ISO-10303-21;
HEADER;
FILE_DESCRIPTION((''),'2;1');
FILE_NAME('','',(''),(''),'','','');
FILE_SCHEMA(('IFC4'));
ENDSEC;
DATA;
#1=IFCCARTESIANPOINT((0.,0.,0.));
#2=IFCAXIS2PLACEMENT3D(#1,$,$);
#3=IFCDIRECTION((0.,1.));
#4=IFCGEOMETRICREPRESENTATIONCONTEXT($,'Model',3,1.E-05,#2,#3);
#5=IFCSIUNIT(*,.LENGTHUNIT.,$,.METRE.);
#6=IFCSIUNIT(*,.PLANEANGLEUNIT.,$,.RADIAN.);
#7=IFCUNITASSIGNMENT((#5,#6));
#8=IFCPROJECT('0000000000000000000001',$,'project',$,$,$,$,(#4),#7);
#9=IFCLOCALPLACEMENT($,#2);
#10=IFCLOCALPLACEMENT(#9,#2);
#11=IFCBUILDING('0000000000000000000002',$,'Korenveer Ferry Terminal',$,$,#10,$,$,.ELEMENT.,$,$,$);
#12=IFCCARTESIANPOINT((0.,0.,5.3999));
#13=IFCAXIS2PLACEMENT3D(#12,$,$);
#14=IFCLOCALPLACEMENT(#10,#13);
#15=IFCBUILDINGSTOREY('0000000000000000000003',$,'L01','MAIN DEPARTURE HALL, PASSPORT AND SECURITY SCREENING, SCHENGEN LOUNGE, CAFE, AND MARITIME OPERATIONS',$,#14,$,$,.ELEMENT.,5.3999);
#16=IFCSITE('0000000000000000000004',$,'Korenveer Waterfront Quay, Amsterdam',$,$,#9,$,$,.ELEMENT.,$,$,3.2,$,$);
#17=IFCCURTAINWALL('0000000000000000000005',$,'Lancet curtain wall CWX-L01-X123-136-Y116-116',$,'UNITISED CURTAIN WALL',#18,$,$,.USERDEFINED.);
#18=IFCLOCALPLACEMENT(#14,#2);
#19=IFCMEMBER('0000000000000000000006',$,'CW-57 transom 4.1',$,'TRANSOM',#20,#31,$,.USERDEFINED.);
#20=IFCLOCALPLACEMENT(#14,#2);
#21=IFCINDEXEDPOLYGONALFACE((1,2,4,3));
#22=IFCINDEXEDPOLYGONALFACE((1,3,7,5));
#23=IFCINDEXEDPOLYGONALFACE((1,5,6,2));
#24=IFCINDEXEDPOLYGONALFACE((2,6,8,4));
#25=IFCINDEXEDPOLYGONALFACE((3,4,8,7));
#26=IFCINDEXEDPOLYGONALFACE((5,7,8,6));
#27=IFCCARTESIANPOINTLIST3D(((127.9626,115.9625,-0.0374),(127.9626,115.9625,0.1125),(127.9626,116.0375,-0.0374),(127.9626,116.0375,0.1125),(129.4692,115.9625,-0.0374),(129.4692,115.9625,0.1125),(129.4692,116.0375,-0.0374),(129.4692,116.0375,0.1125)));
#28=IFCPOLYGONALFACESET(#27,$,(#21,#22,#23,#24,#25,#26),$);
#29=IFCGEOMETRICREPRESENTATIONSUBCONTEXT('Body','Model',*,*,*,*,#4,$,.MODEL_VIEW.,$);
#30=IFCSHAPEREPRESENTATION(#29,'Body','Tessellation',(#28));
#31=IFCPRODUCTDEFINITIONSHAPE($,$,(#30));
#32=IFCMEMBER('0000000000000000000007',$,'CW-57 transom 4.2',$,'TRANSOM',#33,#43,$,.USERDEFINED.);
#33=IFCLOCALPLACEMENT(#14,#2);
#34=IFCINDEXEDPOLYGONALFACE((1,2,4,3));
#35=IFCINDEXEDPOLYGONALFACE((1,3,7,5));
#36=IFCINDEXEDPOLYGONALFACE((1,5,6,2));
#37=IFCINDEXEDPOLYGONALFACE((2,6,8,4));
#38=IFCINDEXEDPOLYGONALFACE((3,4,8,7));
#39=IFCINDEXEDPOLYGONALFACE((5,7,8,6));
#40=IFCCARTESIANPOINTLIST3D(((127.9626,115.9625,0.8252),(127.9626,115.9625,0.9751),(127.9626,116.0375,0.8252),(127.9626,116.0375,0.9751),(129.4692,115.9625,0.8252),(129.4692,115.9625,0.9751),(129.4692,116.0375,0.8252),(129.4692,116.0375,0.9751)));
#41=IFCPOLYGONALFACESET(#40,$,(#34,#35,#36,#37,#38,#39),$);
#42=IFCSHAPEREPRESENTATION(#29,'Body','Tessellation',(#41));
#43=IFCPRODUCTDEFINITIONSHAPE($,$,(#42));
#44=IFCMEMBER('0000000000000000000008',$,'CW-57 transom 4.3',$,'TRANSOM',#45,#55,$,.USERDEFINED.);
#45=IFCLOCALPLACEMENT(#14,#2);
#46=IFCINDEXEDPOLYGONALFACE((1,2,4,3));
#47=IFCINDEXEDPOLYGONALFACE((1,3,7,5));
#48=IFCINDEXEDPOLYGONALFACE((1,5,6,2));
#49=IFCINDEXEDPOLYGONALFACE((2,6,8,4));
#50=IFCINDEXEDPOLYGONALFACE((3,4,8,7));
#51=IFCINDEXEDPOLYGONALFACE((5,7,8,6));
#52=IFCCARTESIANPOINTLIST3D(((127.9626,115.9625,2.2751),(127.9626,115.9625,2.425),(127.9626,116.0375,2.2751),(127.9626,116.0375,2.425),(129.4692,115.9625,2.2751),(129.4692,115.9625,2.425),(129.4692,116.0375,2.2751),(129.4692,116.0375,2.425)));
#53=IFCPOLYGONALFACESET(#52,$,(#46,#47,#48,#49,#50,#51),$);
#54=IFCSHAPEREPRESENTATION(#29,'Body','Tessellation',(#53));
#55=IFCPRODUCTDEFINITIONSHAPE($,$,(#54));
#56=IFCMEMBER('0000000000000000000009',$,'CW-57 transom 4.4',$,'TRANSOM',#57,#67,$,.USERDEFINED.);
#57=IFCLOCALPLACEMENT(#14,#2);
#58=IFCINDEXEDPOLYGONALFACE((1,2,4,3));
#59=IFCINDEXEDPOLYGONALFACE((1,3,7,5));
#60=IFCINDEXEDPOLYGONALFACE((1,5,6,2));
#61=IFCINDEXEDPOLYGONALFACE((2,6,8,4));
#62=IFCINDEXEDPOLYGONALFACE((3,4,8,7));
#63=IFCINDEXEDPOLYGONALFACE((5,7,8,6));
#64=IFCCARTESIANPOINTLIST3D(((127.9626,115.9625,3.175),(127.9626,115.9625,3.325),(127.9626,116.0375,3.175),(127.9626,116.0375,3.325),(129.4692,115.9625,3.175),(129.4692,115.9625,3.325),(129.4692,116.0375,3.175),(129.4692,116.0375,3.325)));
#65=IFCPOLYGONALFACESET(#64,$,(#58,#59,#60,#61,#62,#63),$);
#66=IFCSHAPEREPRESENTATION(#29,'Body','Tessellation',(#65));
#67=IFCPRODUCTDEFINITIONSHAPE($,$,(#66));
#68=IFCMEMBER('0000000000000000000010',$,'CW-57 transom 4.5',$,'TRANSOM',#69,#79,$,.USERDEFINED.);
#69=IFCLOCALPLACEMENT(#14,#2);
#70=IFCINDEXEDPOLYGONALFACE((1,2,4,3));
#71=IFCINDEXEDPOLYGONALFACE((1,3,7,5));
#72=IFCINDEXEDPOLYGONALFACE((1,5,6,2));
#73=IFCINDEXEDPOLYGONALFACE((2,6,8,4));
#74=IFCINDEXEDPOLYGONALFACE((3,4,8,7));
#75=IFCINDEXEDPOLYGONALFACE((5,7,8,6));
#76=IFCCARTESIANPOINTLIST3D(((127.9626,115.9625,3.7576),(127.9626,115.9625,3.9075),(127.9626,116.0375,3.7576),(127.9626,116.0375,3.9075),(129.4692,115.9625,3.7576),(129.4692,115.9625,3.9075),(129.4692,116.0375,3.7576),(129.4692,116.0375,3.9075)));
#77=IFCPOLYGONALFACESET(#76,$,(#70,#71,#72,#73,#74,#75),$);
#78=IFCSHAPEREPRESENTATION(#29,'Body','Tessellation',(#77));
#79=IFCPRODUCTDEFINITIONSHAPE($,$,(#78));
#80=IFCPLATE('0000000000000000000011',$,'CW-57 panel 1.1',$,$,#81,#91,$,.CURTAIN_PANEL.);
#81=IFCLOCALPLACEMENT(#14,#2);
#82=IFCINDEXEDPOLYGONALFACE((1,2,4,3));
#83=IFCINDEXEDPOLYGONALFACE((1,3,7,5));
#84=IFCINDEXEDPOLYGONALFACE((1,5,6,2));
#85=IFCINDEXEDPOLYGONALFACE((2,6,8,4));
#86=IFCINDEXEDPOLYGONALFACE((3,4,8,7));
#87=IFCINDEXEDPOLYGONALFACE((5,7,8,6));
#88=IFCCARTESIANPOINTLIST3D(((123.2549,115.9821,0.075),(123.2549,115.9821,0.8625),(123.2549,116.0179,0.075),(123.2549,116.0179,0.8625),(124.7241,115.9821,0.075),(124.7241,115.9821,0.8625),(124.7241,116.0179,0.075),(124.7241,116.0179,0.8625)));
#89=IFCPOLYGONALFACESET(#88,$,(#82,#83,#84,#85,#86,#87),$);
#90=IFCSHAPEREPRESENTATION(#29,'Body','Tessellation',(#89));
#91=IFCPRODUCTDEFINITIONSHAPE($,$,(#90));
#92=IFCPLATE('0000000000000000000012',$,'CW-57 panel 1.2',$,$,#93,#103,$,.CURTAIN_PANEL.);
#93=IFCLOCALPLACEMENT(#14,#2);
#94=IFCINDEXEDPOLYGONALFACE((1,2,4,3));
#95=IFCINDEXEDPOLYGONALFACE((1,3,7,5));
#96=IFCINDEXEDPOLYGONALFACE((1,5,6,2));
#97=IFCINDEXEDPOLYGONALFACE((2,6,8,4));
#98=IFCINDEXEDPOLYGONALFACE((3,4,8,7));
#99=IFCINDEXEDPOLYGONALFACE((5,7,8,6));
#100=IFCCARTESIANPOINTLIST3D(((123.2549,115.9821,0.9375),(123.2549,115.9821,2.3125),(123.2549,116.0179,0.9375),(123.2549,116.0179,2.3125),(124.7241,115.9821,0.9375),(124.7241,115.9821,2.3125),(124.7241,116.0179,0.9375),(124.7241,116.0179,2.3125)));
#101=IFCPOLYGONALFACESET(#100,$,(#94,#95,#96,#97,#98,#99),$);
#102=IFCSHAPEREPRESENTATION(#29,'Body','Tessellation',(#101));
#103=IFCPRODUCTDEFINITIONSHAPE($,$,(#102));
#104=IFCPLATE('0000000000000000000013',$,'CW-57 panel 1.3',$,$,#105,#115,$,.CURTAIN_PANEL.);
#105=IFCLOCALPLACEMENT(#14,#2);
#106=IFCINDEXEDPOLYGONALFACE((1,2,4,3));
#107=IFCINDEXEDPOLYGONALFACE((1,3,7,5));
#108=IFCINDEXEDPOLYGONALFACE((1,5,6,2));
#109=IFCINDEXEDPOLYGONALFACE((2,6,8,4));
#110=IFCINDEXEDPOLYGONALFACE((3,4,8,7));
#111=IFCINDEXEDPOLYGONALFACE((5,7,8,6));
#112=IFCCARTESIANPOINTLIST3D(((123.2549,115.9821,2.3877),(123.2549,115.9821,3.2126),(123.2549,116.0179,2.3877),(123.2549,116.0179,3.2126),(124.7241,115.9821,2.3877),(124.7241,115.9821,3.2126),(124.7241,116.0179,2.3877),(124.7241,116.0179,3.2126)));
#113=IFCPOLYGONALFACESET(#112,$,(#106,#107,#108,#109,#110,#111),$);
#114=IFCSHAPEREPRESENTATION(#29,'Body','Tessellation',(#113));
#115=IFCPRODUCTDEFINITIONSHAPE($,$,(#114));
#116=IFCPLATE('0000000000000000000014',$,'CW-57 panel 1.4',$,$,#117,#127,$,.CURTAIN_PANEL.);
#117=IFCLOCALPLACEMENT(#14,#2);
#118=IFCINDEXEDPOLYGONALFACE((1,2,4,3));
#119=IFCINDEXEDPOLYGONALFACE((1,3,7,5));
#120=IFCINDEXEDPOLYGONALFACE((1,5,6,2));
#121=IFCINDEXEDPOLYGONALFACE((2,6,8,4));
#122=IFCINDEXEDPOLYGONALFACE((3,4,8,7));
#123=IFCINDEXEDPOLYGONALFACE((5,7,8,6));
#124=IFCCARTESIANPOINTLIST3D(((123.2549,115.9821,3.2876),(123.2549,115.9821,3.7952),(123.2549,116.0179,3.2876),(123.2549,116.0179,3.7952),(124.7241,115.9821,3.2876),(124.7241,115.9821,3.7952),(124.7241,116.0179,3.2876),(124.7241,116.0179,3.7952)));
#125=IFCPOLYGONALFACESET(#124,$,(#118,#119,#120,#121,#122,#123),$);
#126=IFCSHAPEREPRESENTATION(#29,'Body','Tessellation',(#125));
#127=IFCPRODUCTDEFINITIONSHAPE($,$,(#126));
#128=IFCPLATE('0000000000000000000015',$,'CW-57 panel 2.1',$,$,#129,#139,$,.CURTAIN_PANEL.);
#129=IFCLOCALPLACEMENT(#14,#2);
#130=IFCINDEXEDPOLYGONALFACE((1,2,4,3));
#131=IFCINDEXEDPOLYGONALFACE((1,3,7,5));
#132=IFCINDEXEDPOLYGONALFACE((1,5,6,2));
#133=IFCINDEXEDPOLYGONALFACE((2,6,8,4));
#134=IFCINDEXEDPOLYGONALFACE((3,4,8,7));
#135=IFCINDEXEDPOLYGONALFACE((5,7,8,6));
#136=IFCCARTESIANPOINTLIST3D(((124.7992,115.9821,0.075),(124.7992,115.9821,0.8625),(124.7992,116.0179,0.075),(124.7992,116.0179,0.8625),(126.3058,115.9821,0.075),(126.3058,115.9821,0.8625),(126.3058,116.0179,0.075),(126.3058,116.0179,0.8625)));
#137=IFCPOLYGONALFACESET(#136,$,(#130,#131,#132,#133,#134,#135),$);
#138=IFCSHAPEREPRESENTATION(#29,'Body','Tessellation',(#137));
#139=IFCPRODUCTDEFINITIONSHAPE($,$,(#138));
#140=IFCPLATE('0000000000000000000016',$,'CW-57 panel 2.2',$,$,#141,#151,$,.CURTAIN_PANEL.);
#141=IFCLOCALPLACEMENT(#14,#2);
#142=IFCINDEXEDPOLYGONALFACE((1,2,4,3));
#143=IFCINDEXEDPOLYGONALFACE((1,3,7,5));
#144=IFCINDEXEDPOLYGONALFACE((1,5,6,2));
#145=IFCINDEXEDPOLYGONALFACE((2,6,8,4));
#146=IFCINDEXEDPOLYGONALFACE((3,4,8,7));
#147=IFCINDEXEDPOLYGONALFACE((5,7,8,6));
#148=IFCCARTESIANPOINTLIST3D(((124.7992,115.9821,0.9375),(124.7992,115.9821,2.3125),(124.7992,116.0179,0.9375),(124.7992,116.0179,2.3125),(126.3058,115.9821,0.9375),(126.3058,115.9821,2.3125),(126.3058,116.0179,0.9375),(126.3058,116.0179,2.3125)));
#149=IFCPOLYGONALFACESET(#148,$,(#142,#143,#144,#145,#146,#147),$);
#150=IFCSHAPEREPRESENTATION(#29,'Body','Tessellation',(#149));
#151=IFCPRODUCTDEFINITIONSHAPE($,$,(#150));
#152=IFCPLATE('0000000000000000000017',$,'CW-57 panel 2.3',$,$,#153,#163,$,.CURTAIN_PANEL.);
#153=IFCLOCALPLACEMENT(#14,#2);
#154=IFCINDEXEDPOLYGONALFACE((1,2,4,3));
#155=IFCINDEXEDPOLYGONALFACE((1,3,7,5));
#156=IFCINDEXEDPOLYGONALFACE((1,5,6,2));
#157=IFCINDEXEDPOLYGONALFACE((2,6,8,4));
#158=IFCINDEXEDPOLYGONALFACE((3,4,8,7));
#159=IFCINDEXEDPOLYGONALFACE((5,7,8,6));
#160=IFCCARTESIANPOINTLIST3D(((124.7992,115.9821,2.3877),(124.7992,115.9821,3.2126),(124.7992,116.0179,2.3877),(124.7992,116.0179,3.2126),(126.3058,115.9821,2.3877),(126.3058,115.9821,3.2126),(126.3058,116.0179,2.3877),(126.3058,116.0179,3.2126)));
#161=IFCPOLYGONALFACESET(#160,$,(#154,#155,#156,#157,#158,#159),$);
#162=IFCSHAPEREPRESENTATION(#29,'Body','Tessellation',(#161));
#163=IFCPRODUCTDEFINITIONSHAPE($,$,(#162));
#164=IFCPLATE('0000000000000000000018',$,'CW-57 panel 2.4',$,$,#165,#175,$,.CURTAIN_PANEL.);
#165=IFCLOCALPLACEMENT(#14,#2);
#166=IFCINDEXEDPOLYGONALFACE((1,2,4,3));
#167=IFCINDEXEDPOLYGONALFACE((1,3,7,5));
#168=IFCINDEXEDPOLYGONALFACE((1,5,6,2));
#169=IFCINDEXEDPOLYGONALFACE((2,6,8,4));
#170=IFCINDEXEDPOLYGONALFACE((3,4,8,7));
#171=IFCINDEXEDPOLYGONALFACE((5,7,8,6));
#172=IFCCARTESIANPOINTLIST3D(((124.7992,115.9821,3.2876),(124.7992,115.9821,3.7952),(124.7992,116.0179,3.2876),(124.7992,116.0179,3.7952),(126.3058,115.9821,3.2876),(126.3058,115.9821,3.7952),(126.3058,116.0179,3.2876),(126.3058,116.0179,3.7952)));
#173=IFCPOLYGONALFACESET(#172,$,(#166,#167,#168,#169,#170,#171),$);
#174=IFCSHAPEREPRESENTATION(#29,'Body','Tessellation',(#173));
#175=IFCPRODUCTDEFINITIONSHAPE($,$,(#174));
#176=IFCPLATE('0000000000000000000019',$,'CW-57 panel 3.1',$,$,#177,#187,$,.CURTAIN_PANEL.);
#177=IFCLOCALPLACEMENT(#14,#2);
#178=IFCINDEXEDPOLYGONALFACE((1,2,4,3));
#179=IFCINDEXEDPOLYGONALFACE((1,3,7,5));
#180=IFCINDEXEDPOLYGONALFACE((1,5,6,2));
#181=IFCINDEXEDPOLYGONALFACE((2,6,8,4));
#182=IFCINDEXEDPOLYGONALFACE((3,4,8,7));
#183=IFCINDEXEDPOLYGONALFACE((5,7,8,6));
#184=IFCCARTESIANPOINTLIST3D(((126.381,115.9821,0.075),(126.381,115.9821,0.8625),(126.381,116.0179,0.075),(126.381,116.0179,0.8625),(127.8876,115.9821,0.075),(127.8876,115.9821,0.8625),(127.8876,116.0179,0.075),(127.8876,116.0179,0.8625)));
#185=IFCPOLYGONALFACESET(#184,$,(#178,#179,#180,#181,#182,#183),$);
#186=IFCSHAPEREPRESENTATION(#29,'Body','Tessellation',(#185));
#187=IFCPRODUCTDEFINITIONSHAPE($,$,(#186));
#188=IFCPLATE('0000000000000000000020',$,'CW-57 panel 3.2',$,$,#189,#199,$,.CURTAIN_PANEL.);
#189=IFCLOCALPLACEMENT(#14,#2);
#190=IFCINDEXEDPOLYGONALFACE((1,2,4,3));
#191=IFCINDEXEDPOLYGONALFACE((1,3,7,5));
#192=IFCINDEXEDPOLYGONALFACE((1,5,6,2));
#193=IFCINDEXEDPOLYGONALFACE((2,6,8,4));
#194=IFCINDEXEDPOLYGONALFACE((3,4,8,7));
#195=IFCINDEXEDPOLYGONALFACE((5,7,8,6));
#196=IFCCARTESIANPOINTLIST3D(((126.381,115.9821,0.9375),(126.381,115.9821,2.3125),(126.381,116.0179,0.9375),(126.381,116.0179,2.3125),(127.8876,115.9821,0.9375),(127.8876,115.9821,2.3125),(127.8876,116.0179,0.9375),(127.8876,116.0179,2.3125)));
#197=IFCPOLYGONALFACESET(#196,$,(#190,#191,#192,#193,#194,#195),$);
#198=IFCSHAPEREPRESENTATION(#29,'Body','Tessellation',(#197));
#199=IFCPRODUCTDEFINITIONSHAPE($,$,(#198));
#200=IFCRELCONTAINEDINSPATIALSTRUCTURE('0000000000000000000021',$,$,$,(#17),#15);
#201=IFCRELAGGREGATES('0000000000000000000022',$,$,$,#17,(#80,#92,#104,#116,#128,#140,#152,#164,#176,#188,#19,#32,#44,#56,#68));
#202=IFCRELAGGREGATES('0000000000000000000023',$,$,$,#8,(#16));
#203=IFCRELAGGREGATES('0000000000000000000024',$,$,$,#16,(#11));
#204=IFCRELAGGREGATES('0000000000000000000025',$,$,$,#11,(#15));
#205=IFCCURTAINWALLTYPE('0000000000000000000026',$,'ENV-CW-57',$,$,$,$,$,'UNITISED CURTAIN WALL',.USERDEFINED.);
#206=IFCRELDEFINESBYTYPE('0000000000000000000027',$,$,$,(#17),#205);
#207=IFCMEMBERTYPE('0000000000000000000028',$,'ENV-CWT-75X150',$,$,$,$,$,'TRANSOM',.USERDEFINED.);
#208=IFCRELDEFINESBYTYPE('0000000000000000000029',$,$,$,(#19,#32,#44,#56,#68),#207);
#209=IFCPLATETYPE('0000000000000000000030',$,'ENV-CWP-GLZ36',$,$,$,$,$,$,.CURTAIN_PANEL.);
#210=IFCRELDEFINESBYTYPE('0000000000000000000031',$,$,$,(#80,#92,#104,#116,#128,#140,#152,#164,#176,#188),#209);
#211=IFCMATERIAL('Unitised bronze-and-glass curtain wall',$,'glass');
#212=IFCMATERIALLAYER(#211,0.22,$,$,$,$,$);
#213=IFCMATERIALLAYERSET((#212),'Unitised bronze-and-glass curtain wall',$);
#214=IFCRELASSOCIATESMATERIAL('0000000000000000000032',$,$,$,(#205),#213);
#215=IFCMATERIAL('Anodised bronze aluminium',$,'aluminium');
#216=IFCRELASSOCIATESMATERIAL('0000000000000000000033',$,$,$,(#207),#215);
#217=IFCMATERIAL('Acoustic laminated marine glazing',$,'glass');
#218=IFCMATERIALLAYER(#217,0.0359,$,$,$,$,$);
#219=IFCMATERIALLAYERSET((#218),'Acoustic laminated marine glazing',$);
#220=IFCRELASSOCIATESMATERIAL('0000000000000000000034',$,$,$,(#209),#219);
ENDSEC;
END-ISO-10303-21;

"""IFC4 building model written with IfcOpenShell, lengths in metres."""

from ifc_helpers import new_model, si_unit, direction, frame, origin, origin_2d, place, context, subcontext, project, spatial, rectangle, extrude, material, layer, layer_set, material_profile, profile_set, type_object, element, aggregate, save


model = new_model("IFC4")

# Units and contexts
model_context = context("Model", 3, precision=1e-05, world=origin(), true_north=direction((0.0, 1.0)))
body_context = subcontext(model_context, "Body", "Model", "MODEL_VIEW")
ifc_project = project(units=[si_unit("LENGTHUNIT", "METRE"), si_unit("PLANEANGLEUNIT", "RADIAN")], contexts=[model_context])

# Site, building, storey
site_placement = place(None, origin())
site = spatial("IfcSite", under=ifc_project, at=site_placement, Name="Korenveer Waterfront Quay, Amsterdam", CompositionType="ELEMENT", RefElevation=3.2)
building_placement = place(site_placement, origin())
building = spatial("IfcBuilding", under=site, at=building_placement, Name="Korenveer Ferry Terminal", CompositionType="ELEMENT")
storey_placement = place(building_placement, frame((0.0, 0.0, 5.3999)))
storey = spatial("IfcBuildingStorey", under=building, at=storey_placement, Name="L01", Description="MAIN DEPARTURE HALL, PASSPORT AND SECURITY SCREENING, SCHENGEN LOUNGE, CAFE, AND MARITIME OPERATIONS", CompositionType="ELEMENT", Elevation=5.3999)

# Curtain wall, members, plates
ifc_material_1 = material(Name="Unitised bronze-and-glass curtain wall", Category="glass")
ifc_layer_1 = layer(ifc_material_1, 0.22)
ifc_layer_set_1 = layer_set([ifc_layer_1], Name="Unitised bronze-and-glass curtain wall")
curtain_wall_type = type_object("IfcCurtainWallType", Name="ENV-CW-57", ElementType="UNITISED CURTAIN WALL", PredefinedType="USERDEFINED", material=ifc_layer_set_1)
curtain_wall_placement = place(storey_placement, frame((123.1799, 116.0, 0.0)))
curtain_wall = element("IfcCurtainWall", 1, at=curtain_wall_placement, inside=storey, type_object=curtain_wall_type, Name="Lancet curtain wall CWX-L01-X123-136-Y116-116", ObjectType="UNITISED CURTAIN WALL", PredefinedType="USERDEFINED")
ifc_material_2 = material(Name="Anodised bronze aluminium", Category="aluminium")
ifc_material_profile_1 = material_profile(ifc_material_2, rectangle(XDim=0.075, YDim=0.1499, at=origin_2d()), Name="ALU 75x150")
ifc_profile_set_1 = profile_set([ifc_material_profile_1], Name="Anodised bronze aluminium")
member_type_1 = type_object("IfcMemberType", Name="ENV-CWT-75X150", ElementType="TRANSOM", PredefinedType="USERDEFINED", material=ifc_profile_set_1)
member_1_placement = place(storey_placement, frame((127.9626, 116.0, 0.0376), z_axis=(1.0, 0.0, 0.0), x_axis=(0.0, 1.0, 0.0)))
member_1 = element("IfcMember", 2, at=member_1_placement, type_object=member_type_1, Name="CW-57 transom 4.1", ObjectType="TRANSOM", PredefinedType="USERDEFINED", context=body_context, shape_type="SweptSolid", body=[
    extrude(rectangle(XDim=0.075, YDim=0.1499, at=origin_2d()), origin(), (0.0, 0.0, 1.0), 1.5066),
])
member_2_placement = place(storey_placement, frame((127.9626, 116.0, 0.9001), z_axis=(1.0, 0.0, 0.0), x_axis=(0.0, 1.0, 0.0)))
member_2 = element("IfcMember", 3, at=member_2_placement, type_object=member_type_1, Name="CW-57 transom 4.2", ObjectType="TRANSOM", PredefinedType="USERDEFINED", context=body_context, shape_type="SweptSolid", body=[
    extrude(rectangle(XDim=0.075, YDim=0.1499, at=origin_2d()), origin(), (0.0, 0.0, 1.0), 1.5066),
])
member_3_placement = place(storey_placement, frame((127.9626, 116.0, 2.3501), z_axis=(1.0, 0.0, 0.0), x_axis=(0.0, 1.0, 0.0)))
member_3 = element("IfcMember", 4, at=member_3_placement, type_object=member_type_1, Name="CW-57 transom 4.3", ObjectType="TRANSOM", PredefinedType="USERDEFINED", context=body_context, shape_type="SweptSolid", body=[
    extrude(rectangle(XDim=0.075, YDim=0.1499, at=origin_2d()), origin(), (0.0, 0.0, 1.0), 1.5066),
])
member_4_placement = place(storey_placement, frame((127.9626, 116.0, 3.25), z_axis=(1.0, 0.0, 0.0), x_axis=(0.0, 1.0, 0.0)))
member_4 = element("IfcMember", 5, at=member_4_placement, type_object=member_type_1, Name="CW-57 transom 4.4", ObjectType="TRANSOM", PredefinedType="USERDEFINED", context=body_context, shape_type="SweptSolid", body=[
    extrude(rectangle(XDim=0.075, YDim=0.1499, at=origin_2d()), origin(), (0.0, 0.0, 1.0), 1.5066),
])
member_5_placement = place(storey_placement, frame((127.9626, 116.0, 3.8325), z_axis=(1.0, 0.0, 0.0), x_axis=(0.0, 1.0, 0.0)))
member_5 = element("IfcMember", 6, at=member_5_placement, type_object=member_type_1, Name="CW-57 transom 4.5", ObjectType="TRANSOM", PredefinedType="USERDEFINED", context=body_context, shape_type="SweptSolid", body=[
    extrude(rectangle(XDim=0.075, YDim=0.1499, at=origin_2d()), origin(), (0.0, 0.0, 1.0), 1.5066),
])
ifc_material_3 = material(Name="Acoustic laminated marine glazing", Category="glass")
ifc_layer_2 = layer(ifc_material_3, 0.0359)
ifc_layer_set_2 = layer_set([ifc_layer_2], Name="Acoustic laminated marine glazing")
plate_type = type_object("IfcPlateType", Name="ENV-CWP-GLZ36", PredefinedType="CURTAIN_PANEL", material=ifc_layer_set_2)
plate_1_placement = place(storey_placement, frame((123.9895, 116.0, 0.075), z_axis=(0.0, 0.0, 1.0), x_axis=(1.0, 0.0, 0.0)))
plate_1 = element("IfcPlate", 7, at=plate_1_placement, type_object=plate_type, Name="CW-57 panel 1.1", PredefinedType="CURTAIN_PANEL", context=body_context, shape_type="SweptSolid", body=[
    extrude(rectangle(XDim=1.4692, YDim=0.0359, at=origin_2d()), origin(), (0.0, 0.0, 1.0), 0.7876),
])
plate_2_placement = place(storey_placement, frame((123.9895, 116.0, 0.9375), z_axis=(0.0, 0.0, 1.0), x_axis=(1.0, 0.0, 0.0)))
plate_2 = element("IfcPlate", 8, at=plate_2_placement, type_object=plate_type, Name="CW-57 panel 1.2", PredefinedType="CURTAIN_PANEL", context=body_context, shape_type="SweptSolid", body=[
    extrude(rectangle(XDim=1.4692, YDim=0.0359, at=origin_2d()), origin(), (0.0, 0.0, 1.0), 1.375),
])
plate_3_placement = place(storey_placement, frame((123.9895, 116.0, 2.3877), z_axis=(0.0, 0.0, 1.0), x_axis=(1.0, 0.0, 0.0)))
plate_3 = element("IfcPlate", 9, at=plate_3_placement, type_object=plate_type, Name="CW-57 panel 1.3", PredefinedType="CURTAIN_PANEL", context=body_context, shape_type="SweptSolid", body=[
    extrude(rectangle(XDim=1.4692, YDim=0.0359, at=origin_2d()), origin(), (0.0, 0.0, 1.0), 0.825),
])
plate_4_placement = place(storey_placement, frame((123.9895, 116.0, 3.2876), z_axis=(0.0, 0.0, 1.0), x_axis=(1.0, 0.0, 0.0)))
plate_4 = element("IfcPlate", 10, at=plate_4_placement, type_object=plate_type, Name="CW-57 panel 1.4", PredefinedType="CURTAIN_PANEL", context=body_context, shape_type="SweptSolid", body=[
    extrude(rectangle(XDim=1.4692, YDim=0.0359, at=origin_2d()), origin(), (0.0, 0.0, 1.0), 0.5076),
])
plate_5_placement = place(storey_placement, frame((125.5525, 116.0, 0.075), z_axis=(0.0, 0.0, 1.0), x_axis=(1.0, 0.0, 0.0)))
plate_5 = element("IfcPlate", 11, at=plate_5_placement, type_object=plate_type, Name="CW-57 panel 2.1", PredefinedType="CURTAIN_PANEL", context=body_context, shape_type="SweptSolid", body=[
    extrude(rectangle(XDim=1.5066, YDim=0.0359, at=origin_2d()), origin(), (0.0, 0.0, 1.0), 0.7876),
])
plate_6_placement = place(storey_placement, frame((125.5525, 116.0, 0.9375), z_axis=(0.0, 0.0, 1.0), x_axis=(1.0, 0.0, 0.0)))
plate_6 = element("IfcPlate", 12, at=plate_6_placement, type_object=plate_type, Name="CW-57 panel 2.2", PredefinedType="CURTAIN_PANEL", context=body_context, shape_type="SweptSolid", body=[
    extrude(rectangle(XDim=1.5066, YDim=0.0359, at=origin_2d()), origin(), (0.0, 0.0, 1.0), 1.375),
])
plate_7_placement = place(storey_placement, frame((125.5525, 116.0, 2.3877), z_axis=(0.0, 0.0, 1.0), x_axis=(1.0, 0.0, 0.0)))
plate_7 = element("IfcPlate", 13, at=plate_7_placement, type_object=plate_type, Name="CW-57 panel 2.3", PredefinedType="CURTAIN_PANEL", context=body_context, shape_type="SweptSolid", body=[
    extrude(rectangle(XDim=1.5066, YDim=0.0359, at=origin_2d()), origin(), (0.0, 0.0, 1.0), 0.825),
])
plate_8_placement = place(storey_placement, frame((125.5525, 116.0, 3.2876), z_axis=(0.0, 0.0, 1.0), x_axis=(1.0, 0.0, 0.0)))
plate_8 = element("IfcPlate", 14, at=plate_8_placement, type_object=plate_type, Name="CW-57 panel 2.4", PredefinedType="CURTAIN_PANEL", context=body_context, shape_type="SweptSolid", body=[
    extrude(rectangle(XDim=1.5066, YDim=0.0359, at=origin_2d()), origin(), (0.0, 0.0, 1.0), 0.5076),
])
plate_9_placement = place(storey_placement, frame((127.1343, 116.0, 0.075), z_axis=(0.0, 0.0, 1.0), x_axis=(1.0, 0.0, 0.0)))
plate_9 = element("IfcPlate", 15, at=plate_9_placement, type_object=plate_type, Name="CW-57 panel 3.1", PredefinedType="CURTAIN_PANEL", context=body_context, shape_type="SweptSolid", body=[
    extrude(rectangle(XDim=1.5066, YDim=0.0359, at=origin_2d()), origin(), (0.0, 0.0, 1.0), 0.7876),
])
plate_10_placement = place(storey_placement, frame((127.1343, 116.0, 0.9375), z_axis=(0.0, 0.0, 1.0), x_axis=(1.0, 0.0, 0.0)))
plate_10 = element("IfcPlate", 16, at=plate_10_placement, type_object=plate_type, Name="CW-57 panel 3.2", PredefinedType="CURTAIN_PANEL", context=body_context, shape_type="SweptSolid", body=[
    extrude(rectangle(XDim=1.5066, YDim=0.0359, at=origin_2d()), origin(), (0.0, 0.0, 1.0), 1.375),
])
aggregate(curtain_wall, [plate_1, plate_2, plate_3, plate_4, plate_5, plate_6, plate_7, plate_8, plate_9, plate_10, member_1, member_2, member_3, member_4, member_5])

save(model, "model.ifc")
